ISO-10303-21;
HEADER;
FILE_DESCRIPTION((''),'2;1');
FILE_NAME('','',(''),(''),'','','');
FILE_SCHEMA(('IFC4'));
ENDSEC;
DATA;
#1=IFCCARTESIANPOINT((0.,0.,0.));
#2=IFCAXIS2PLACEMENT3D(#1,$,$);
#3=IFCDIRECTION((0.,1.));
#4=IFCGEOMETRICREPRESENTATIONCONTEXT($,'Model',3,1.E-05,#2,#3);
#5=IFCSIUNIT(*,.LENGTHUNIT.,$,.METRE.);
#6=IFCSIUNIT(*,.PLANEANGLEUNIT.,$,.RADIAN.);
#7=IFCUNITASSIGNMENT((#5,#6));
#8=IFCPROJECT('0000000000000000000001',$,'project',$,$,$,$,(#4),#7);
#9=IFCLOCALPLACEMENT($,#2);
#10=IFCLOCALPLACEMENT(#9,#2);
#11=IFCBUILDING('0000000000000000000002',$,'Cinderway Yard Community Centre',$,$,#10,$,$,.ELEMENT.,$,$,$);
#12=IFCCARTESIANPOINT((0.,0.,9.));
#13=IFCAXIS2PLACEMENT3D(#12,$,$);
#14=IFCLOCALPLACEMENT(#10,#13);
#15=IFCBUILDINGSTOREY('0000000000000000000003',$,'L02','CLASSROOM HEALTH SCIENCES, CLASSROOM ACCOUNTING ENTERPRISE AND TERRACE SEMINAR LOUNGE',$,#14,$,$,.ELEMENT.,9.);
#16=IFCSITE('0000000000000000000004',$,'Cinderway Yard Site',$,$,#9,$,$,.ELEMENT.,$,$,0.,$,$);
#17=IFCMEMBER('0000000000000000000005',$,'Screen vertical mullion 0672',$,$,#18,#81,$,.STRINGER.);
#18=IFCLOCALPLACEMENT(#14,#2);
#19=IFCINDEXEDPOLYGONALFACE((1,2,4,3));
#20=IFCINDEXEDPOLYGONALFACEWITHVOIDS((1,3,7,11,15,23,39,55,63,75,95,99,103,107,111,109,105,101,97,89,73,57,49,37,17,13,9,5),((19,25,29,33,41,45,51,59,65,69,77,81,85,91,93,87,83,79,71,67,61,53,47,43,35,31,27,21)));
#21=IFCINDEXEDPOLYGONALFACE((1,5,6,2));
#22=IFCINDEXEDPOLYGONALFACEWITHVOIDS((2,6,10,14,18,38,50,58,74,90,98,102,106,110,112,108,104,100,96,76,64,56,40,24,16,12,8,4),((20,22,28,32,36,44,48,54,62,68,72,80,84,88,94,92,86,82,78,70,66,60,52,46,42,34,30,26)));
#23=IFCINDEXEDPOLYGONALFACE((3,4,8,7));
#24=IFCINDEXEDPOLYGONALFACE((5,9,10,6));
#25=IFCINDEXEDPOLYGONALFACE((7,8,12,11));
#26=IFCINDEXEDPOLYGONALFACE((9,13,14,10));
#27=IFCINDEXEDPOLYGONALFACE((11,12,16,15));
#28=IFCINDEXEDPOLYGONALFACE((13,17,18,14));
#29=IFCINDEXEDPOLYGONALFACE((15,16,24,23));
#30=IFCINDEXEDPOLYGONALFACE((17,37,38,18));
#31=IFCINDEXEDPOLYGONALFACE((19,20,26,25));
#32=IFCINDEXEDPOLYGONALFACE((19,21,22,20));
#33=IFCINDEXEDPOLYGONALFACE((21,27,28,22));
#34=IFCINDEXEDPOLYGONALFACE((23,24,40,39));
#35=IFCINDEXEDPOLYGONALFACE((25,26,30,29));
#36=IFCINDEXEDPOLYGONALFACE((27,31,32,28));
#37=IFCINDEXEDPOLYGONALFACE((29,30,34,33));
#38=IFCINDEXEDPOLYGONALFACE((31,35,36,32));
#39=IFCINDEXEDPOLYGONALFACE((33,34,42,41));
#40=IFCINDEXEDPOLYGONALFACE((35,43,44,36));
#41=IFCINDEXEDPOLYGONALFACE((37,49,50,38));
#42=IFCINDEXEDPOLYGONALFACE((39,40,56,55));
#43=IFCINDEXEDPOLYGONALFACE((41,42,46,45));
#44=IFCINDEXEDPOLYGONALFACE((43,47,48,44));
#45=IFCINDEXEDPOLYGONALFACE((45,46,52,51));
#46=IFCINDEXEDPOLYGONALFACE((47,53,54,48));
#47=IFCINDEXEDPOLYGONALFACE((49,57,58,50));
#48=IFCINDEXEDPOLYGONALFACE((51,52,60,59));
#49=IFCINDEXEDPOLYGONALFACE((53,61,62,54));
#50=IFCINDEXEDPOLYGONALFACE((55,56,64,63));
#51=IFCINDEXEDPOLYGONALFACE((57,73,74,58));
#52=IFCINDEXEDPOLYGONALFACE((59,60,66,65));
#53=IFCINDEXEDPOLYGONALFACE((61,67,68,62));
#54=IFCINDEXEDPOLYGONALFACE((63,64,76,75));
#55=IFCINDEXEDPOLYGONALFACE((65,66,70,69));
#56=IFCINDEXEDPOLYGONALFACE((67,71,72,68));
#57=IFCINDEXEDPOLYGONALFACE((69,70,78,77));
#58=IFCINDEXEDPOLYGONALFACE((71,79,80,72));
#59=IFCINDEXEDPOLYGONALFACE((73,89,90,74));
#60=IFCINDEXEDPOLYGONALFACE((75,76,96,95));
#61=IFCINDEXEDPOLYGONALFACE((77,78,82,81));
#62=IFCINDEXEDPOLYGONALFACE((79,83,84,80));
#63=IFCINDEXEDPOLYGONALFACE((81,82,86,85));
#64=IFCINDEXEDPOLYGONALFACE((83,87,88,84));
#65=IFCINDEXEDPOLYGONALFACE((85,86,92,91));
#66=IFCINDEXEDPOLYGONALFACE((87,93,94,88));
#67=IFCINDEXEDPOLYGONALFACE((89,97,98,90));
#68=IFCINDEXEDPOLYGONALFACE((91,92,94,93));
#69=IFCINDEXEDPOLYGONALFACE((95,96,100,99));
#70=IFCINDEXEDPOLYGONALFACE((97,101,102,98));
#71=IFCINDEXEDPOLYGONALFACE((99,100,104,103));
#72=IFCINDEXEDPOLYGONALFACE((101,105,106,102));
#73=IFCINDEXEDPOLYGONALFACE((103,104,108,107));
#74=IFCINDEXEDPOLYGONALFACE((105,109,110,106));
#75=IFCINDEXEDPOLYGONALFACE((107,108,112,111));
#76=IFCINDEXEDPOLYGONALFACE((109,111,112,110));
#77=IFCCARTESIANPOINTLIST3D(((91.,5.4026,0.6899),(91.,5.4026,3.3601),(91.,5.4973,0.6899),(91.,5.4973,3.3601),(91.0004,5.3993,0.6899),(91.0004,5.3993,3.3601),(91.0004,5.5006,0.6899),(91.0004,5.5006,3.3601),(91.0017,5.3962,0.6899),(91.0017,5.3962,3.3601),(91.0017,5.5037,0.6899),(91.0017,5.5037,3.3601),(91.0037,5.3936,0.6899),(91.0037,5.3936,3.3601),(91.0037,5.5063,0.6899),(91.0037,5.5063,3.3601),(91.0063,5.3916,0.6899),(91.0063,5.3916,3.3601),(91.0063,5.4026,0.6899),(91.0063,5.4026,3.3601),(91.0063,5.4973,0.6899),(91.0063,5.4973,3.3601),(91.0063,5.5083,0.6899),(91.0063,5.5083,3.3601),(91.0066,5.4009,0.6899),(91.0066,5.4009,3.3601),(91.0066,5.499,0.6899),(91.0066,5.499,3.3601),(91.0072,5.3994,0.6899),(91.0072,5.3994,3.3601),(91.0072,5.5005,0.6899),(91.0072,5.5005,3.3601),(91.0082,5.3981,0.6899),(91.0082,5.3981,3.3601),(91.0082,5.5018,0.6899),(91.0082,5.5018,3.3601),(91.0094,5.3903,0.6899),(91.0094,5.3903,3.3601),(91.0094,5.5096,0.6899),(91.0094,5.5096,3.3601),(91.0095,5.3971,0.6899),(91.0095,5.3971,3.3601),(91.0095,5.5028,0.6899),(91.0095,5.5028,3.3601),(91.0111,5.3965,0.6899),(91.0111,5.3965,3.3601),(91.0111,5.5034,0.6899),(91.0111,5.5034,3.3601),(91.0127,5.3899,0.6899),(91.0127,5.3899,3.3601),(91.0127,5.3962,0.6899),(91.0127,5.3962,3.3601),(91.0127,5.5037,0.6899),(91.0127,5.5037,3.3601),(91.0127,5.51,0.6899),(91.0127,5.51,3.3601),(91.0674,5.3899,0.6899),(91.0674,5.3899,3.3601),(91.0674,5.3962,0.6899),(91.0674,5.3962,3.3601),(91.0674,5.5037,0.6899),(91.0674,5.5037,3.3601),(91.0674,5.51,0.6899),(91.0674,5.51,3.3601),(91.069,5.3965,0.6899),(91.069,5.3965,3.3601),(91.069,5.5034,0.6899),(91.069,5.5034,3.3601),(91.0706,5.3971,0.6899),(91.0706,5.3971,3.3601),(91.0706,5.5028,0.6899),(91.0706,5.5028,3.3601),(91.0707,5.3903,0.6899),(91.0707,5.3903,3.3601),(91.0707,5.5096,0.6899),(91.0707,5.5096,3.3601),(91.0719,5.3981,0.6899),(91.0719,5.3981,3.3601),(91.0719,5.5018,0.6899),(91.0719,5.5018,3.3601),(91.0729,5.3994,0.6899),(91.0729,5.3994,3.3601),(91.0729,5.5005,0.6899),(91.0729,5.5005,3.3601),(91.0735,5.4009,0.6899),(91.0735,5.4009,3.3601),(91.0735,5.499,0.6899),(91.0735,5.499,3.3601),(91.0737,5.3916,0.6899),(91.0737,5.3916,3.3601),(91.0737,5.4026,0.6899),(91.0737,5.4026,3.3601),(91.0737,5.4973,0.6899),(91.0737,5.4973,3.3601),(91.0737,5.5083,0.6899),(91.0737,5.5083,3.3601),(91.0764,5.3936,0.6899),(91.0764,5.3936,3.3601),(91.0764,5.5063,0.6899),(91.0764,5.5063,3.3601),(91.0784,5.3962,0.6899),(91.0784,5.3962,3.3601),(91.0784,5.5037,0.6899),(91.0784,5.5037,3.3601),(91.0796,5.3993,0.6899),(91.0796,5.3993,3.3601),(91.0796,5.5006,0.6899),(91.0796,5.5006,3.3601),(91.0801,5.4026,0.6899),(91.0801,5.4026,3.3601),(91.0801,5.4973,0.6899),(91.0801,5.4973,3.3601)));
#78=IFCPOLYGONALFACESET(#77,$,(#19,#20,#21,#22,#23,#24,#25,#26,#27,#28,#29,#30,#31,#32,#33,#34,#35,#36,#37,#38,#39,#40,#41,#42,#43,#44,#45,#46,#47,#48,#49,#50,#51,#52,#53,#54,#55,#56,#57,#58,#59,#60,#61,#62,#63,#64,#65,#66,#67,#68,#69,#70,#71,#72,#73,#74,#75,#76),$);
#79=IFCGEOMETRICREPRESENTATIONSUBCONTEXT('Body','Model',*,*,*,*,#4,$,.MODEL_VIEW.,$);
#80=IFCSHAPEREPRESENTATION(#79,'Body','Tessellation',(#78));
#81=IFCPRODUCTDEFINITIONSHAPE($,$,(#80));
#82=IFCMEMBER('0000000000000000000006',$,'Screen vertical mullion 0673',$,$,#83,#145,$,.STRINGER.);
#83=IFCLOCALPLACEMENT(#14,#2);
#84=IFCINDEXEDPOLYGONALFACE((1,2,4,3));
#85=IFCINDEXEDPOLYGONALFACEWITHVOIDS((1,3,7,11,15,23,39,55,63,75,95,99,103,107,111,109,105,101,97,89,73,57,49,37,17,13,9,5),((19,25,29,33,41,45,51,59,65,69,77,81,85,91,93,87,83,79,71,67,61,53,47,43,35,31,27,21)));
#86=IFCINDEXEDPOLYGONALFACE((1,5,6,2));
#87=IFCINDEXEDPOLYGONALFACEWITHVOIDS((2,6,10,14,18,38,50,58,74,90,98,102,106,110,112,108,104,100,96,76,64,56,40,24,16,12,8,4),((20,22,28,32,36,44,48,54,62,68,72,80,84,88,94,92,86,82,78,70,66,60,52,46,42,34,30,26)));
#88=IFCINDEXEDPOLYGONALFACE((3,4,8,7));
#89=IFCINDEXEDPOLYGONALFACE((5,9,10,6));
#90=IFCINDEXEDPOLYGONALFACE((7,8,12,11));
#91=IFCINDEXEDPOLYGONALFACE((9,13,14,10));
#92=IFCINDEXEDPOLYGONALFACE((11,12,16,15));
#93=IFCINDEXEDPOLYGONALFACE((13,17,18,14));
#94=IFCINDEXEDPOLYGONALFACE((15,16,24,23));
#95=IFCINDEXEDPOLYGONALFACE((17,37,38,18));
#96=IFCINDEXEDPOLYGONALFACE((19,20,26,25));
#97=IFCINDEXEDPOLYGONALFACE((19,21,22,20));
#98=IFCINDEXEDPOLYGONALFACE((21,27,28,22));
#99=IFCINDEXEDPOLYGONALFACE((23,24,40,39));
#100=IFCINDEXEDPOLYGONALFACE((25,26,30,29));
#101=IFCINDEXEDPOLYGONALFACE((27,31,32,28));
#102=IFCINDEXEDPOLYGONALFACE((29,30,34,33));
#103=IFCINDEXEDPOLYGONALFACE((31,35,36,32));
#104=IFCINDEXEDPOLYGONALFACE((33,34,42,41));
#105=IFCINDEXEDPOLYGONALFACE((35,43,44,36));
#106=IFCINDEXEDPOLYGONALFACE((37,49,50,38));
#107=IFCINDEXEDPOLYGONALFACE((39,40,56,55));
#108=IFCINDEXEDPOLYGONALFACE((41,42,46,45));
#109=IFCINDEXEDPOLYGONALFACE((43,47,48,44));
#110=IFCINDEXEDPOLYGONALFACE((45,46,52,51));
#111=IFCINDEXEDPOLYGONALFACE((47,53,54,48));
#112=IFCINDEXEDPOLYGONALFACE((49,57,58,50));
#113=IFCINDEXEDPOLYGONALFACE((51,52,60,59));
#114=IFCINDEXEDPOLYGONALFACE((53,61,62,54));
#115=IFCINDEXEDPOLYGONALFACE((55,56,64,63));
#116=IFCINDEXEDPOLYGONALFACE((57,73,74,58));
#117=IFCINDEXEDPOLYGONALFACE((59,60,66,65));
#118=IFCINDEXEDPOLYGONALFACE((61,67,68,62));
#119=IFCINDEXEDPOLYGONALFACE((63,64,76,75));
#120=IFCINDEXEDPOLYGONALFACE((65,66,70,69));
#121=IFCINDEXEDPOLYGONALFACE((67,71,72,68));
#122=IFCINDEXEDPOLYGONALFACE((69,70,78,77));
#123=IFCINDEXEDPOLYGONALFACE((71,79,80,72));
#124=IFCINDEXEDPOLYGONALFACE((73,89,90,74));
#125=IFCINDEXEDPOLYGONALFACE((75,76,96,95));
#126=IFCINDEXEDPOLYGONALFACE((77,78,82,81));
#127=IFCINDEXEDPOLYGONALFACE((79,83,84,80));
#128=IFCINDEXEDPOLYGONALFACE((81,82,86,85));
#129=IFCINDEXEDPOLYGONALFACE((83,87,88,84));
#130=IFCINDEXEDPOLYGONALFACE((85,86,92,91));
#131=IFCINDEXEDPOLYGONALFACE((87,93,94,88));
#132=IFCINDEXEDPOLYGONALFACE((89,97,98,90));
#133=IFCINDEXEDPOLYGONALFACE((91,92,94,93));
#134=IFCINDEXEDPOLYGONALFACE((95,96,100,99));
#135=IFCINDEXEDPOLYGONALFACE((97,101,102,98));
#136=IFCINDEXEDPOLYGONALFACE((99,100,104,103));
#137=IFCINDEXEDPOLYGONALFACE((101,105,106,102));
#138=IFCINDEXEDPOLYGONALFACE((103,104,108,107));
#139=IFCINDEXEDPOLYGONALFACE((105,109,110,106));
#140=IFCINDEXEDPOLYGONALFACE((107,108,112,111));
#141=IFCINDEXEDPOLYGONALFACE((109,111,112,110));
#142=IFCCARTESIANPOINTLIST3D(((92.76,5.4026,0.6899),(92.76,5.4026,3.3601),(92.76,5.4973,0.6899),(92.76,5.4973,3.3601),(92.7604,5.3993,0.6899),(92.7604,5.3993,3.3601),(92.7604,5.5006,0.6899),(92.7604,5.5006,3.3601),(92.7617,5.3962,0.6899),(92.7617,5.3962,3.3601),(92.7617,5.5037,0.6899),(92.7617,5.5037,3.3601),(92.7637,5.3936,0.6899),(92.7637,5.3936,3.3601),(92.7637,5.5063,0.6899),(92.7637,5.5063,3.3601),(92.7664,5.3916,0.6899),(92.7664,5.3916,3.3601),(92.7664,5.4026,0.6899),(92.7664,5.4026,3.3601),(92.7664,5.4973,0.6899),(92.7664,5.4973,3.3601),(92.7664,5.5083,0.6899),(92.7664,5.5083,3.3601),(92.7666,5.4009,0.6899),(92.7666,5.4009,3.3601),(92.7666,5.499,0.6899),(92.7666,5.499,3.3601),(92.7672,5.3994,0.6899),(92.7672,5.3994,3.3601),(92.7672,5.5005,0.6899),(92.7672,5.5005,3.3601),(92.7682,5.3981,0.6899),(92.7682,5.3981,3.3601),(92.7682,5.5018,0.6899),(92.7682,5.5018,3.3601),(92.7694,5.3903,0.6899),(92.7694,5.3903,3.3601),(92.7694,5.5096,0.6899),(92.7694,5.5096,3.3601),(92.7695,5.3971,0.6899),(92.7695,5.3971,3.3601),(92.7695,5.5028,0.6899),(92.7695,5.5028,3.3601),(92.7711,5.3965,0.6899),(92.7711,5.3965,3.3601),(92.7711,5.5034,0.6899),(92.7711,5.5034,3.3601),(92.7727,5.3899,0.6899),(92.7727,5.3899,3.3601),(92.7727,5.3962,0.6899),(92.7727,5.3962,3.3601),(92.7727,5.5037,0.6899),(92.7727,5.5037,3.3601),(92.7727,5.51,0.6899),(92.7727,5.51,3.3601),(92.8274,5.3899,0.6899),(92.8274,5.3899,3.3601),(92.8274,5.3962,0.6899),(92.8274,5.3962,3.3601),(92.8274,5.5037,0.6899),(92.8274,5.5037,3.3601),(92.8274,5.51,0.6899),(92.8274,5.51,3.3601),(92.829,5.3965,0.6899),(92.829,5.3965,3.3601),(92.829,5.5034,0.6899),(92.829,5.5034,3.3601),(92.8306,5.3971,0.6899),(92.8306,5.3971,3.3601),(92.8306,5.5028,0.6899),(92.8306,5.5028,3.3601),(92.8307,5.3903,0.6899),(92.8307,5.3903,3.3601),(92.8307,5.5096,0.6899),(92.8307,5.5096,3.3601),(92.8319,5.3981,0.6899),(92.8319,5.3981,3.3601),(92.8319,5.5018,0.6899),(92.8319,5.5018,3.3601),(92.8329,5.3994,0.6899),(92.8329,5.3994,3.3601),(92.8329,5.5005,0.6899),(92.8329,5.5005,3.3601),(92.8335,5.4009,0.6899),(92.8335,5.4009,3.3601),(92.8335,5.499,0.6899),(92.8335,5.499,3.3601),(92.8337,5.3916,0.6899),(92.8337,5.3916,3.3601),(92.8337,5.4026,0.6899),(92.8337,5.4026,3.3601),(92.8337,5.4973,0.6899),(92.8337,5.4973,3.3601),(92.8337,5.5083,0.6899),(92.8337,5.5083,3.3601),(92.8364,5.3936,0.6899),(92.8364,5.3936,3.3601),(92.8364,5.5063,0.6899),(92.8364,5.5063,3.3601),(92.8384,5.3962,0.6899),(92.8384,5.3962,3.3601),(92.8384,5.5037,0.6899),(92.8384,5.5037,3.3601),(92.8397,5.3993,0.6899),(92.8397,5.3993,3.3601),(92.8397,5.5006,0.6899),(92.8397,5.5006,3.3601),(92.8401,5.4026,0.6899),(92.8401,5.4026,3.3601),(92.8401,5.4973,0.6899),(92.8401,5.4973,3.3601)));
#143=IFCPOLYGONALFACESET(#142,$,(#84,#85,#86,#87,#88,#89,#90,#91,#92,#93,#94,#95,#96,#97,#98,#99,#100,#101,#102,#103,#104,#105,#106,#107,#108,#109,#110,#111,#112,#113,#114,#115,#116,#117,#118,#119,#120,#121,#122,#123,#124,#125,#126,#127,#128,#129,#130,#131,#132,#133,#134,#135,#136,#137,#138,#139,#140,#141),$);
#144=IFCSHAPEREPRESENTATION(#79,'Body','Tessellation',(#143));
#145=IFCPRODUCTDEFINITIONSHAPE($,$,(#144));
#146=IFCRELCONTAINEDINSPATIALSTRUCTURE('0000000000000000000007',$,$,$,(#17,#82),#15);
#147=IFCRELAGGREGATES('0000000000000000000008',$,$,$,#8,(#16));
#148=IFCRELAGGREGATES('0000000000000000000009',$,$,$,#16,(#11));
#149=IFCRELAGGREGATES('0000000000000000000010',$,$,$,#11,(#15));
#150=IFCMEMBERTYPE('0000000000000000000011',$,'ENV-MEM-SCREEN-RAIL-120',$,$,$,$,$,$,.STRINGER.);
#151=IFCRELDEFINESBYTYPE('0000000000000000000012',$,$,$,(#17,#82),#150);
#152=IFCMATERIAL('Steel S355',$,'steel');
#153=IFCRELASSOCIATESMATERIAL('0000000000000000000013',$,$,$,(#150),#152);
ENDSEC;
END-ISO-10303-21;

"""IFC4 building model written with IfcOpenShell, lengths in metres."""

from ifc_helpers import new_model, si_unit, direction, frame, origin, origin_2d, place, context, subcontext, project, spatial, hollow_rectangle, extrude, material, material_profile, profile_set, type_object, element, save


model = new_model("IFC4")

# Units and contexts
model_context = context("Model", 3, precision=1e-05, world=origin(), true_north=direction((0.0, 1.0)))
body_context = subcontext(model_context, "Body", "Model", "MODEL_VIEW")
ifc_project = project(units=[si_unit("LENGTHUNIT", "METRE"), si_unit("PLANEANGLEUNIT", "RADIAN")], contexts=[model_context])

# Site, building, storey
site_placement = place(None, origin())
site = spatial("IfcSite", under=ifc_project, at=site_placement, Name="Cinderway Yard Site", CompositionType="ELEMENT", RefElevation=0.0)
building_placement = place(site_placement, origin())
building = spatial("IfcBuilding", under=site, at=building_placement, Name="Cinderway Yard Community Centre", CompositionType="ELEMENT")
storey_placement = place(building_placement, frame((0.0, 0.0, 9.0)))
storey = spatial("IfcBuildingStorey", under=building, at=storey_placement, Name="L02", Description="CLASSROOM HEALTH SCIENCES, CLASSROOM ACCOUNTING ENTERPRISE AND TERRACE SEMINAR LOUNGE", CompositionType="ELEMENT", Elevation=9.0)

# Members
ifc_material_1 = material(Name="Steel S355", Category="steel")
ifc_material_profile = material_profile(ifc_material_1, hollow_rectangle(XDim=0.0801, YDim=0.1201, WallThickness=0.0063, InnerFilletRadius=0.0063, OuterFilletRadius=0.0127, at=origin_2d()), Name="Steel S355")
ifc_profile_set = profile_set([ifc_material_profile], Name="Steel S355")
member_type = type_object("IfcMemberType", Name="ENV-MEM-SCREEN-RAIL-120", PredefinedType="STRINGER", material=ifc_profile_set)
for number, where, z_axis, x_axis, name in (
    (1, (91.04, 5.45, 0.6899), (0.0, 0.0, 1.0), (1.0, 0.0, 0.0), "Screen vertical mullion 0672"),
    (2, (92.8, 5.45, 0.6899), (0.0, 0.0, 1.0), (1.0, 0.0, 0.0), "Screen vertical mullion 0673"),
):
    element("IfcMember", number, at=place(storey_placement, frame(where, z_axis=z_axis, x_axis=x_axis)), inside=storey, type_object=member_type, Name=name, PredefinedType="STRINGER", context=body_context, shape_type="SweptSolid", body=[
        extrude(hollow_rectangle(XDim=0.0801, YDim=0.1201, WallThickness=0.0063, InnerFilletRadius=0.0063, OuterFilletRadius=0.0127, at=origin_2d()), origin(), (0.0, 0.0, 1.0), 2.6702),
    ])

save(model, "model.ifc")
